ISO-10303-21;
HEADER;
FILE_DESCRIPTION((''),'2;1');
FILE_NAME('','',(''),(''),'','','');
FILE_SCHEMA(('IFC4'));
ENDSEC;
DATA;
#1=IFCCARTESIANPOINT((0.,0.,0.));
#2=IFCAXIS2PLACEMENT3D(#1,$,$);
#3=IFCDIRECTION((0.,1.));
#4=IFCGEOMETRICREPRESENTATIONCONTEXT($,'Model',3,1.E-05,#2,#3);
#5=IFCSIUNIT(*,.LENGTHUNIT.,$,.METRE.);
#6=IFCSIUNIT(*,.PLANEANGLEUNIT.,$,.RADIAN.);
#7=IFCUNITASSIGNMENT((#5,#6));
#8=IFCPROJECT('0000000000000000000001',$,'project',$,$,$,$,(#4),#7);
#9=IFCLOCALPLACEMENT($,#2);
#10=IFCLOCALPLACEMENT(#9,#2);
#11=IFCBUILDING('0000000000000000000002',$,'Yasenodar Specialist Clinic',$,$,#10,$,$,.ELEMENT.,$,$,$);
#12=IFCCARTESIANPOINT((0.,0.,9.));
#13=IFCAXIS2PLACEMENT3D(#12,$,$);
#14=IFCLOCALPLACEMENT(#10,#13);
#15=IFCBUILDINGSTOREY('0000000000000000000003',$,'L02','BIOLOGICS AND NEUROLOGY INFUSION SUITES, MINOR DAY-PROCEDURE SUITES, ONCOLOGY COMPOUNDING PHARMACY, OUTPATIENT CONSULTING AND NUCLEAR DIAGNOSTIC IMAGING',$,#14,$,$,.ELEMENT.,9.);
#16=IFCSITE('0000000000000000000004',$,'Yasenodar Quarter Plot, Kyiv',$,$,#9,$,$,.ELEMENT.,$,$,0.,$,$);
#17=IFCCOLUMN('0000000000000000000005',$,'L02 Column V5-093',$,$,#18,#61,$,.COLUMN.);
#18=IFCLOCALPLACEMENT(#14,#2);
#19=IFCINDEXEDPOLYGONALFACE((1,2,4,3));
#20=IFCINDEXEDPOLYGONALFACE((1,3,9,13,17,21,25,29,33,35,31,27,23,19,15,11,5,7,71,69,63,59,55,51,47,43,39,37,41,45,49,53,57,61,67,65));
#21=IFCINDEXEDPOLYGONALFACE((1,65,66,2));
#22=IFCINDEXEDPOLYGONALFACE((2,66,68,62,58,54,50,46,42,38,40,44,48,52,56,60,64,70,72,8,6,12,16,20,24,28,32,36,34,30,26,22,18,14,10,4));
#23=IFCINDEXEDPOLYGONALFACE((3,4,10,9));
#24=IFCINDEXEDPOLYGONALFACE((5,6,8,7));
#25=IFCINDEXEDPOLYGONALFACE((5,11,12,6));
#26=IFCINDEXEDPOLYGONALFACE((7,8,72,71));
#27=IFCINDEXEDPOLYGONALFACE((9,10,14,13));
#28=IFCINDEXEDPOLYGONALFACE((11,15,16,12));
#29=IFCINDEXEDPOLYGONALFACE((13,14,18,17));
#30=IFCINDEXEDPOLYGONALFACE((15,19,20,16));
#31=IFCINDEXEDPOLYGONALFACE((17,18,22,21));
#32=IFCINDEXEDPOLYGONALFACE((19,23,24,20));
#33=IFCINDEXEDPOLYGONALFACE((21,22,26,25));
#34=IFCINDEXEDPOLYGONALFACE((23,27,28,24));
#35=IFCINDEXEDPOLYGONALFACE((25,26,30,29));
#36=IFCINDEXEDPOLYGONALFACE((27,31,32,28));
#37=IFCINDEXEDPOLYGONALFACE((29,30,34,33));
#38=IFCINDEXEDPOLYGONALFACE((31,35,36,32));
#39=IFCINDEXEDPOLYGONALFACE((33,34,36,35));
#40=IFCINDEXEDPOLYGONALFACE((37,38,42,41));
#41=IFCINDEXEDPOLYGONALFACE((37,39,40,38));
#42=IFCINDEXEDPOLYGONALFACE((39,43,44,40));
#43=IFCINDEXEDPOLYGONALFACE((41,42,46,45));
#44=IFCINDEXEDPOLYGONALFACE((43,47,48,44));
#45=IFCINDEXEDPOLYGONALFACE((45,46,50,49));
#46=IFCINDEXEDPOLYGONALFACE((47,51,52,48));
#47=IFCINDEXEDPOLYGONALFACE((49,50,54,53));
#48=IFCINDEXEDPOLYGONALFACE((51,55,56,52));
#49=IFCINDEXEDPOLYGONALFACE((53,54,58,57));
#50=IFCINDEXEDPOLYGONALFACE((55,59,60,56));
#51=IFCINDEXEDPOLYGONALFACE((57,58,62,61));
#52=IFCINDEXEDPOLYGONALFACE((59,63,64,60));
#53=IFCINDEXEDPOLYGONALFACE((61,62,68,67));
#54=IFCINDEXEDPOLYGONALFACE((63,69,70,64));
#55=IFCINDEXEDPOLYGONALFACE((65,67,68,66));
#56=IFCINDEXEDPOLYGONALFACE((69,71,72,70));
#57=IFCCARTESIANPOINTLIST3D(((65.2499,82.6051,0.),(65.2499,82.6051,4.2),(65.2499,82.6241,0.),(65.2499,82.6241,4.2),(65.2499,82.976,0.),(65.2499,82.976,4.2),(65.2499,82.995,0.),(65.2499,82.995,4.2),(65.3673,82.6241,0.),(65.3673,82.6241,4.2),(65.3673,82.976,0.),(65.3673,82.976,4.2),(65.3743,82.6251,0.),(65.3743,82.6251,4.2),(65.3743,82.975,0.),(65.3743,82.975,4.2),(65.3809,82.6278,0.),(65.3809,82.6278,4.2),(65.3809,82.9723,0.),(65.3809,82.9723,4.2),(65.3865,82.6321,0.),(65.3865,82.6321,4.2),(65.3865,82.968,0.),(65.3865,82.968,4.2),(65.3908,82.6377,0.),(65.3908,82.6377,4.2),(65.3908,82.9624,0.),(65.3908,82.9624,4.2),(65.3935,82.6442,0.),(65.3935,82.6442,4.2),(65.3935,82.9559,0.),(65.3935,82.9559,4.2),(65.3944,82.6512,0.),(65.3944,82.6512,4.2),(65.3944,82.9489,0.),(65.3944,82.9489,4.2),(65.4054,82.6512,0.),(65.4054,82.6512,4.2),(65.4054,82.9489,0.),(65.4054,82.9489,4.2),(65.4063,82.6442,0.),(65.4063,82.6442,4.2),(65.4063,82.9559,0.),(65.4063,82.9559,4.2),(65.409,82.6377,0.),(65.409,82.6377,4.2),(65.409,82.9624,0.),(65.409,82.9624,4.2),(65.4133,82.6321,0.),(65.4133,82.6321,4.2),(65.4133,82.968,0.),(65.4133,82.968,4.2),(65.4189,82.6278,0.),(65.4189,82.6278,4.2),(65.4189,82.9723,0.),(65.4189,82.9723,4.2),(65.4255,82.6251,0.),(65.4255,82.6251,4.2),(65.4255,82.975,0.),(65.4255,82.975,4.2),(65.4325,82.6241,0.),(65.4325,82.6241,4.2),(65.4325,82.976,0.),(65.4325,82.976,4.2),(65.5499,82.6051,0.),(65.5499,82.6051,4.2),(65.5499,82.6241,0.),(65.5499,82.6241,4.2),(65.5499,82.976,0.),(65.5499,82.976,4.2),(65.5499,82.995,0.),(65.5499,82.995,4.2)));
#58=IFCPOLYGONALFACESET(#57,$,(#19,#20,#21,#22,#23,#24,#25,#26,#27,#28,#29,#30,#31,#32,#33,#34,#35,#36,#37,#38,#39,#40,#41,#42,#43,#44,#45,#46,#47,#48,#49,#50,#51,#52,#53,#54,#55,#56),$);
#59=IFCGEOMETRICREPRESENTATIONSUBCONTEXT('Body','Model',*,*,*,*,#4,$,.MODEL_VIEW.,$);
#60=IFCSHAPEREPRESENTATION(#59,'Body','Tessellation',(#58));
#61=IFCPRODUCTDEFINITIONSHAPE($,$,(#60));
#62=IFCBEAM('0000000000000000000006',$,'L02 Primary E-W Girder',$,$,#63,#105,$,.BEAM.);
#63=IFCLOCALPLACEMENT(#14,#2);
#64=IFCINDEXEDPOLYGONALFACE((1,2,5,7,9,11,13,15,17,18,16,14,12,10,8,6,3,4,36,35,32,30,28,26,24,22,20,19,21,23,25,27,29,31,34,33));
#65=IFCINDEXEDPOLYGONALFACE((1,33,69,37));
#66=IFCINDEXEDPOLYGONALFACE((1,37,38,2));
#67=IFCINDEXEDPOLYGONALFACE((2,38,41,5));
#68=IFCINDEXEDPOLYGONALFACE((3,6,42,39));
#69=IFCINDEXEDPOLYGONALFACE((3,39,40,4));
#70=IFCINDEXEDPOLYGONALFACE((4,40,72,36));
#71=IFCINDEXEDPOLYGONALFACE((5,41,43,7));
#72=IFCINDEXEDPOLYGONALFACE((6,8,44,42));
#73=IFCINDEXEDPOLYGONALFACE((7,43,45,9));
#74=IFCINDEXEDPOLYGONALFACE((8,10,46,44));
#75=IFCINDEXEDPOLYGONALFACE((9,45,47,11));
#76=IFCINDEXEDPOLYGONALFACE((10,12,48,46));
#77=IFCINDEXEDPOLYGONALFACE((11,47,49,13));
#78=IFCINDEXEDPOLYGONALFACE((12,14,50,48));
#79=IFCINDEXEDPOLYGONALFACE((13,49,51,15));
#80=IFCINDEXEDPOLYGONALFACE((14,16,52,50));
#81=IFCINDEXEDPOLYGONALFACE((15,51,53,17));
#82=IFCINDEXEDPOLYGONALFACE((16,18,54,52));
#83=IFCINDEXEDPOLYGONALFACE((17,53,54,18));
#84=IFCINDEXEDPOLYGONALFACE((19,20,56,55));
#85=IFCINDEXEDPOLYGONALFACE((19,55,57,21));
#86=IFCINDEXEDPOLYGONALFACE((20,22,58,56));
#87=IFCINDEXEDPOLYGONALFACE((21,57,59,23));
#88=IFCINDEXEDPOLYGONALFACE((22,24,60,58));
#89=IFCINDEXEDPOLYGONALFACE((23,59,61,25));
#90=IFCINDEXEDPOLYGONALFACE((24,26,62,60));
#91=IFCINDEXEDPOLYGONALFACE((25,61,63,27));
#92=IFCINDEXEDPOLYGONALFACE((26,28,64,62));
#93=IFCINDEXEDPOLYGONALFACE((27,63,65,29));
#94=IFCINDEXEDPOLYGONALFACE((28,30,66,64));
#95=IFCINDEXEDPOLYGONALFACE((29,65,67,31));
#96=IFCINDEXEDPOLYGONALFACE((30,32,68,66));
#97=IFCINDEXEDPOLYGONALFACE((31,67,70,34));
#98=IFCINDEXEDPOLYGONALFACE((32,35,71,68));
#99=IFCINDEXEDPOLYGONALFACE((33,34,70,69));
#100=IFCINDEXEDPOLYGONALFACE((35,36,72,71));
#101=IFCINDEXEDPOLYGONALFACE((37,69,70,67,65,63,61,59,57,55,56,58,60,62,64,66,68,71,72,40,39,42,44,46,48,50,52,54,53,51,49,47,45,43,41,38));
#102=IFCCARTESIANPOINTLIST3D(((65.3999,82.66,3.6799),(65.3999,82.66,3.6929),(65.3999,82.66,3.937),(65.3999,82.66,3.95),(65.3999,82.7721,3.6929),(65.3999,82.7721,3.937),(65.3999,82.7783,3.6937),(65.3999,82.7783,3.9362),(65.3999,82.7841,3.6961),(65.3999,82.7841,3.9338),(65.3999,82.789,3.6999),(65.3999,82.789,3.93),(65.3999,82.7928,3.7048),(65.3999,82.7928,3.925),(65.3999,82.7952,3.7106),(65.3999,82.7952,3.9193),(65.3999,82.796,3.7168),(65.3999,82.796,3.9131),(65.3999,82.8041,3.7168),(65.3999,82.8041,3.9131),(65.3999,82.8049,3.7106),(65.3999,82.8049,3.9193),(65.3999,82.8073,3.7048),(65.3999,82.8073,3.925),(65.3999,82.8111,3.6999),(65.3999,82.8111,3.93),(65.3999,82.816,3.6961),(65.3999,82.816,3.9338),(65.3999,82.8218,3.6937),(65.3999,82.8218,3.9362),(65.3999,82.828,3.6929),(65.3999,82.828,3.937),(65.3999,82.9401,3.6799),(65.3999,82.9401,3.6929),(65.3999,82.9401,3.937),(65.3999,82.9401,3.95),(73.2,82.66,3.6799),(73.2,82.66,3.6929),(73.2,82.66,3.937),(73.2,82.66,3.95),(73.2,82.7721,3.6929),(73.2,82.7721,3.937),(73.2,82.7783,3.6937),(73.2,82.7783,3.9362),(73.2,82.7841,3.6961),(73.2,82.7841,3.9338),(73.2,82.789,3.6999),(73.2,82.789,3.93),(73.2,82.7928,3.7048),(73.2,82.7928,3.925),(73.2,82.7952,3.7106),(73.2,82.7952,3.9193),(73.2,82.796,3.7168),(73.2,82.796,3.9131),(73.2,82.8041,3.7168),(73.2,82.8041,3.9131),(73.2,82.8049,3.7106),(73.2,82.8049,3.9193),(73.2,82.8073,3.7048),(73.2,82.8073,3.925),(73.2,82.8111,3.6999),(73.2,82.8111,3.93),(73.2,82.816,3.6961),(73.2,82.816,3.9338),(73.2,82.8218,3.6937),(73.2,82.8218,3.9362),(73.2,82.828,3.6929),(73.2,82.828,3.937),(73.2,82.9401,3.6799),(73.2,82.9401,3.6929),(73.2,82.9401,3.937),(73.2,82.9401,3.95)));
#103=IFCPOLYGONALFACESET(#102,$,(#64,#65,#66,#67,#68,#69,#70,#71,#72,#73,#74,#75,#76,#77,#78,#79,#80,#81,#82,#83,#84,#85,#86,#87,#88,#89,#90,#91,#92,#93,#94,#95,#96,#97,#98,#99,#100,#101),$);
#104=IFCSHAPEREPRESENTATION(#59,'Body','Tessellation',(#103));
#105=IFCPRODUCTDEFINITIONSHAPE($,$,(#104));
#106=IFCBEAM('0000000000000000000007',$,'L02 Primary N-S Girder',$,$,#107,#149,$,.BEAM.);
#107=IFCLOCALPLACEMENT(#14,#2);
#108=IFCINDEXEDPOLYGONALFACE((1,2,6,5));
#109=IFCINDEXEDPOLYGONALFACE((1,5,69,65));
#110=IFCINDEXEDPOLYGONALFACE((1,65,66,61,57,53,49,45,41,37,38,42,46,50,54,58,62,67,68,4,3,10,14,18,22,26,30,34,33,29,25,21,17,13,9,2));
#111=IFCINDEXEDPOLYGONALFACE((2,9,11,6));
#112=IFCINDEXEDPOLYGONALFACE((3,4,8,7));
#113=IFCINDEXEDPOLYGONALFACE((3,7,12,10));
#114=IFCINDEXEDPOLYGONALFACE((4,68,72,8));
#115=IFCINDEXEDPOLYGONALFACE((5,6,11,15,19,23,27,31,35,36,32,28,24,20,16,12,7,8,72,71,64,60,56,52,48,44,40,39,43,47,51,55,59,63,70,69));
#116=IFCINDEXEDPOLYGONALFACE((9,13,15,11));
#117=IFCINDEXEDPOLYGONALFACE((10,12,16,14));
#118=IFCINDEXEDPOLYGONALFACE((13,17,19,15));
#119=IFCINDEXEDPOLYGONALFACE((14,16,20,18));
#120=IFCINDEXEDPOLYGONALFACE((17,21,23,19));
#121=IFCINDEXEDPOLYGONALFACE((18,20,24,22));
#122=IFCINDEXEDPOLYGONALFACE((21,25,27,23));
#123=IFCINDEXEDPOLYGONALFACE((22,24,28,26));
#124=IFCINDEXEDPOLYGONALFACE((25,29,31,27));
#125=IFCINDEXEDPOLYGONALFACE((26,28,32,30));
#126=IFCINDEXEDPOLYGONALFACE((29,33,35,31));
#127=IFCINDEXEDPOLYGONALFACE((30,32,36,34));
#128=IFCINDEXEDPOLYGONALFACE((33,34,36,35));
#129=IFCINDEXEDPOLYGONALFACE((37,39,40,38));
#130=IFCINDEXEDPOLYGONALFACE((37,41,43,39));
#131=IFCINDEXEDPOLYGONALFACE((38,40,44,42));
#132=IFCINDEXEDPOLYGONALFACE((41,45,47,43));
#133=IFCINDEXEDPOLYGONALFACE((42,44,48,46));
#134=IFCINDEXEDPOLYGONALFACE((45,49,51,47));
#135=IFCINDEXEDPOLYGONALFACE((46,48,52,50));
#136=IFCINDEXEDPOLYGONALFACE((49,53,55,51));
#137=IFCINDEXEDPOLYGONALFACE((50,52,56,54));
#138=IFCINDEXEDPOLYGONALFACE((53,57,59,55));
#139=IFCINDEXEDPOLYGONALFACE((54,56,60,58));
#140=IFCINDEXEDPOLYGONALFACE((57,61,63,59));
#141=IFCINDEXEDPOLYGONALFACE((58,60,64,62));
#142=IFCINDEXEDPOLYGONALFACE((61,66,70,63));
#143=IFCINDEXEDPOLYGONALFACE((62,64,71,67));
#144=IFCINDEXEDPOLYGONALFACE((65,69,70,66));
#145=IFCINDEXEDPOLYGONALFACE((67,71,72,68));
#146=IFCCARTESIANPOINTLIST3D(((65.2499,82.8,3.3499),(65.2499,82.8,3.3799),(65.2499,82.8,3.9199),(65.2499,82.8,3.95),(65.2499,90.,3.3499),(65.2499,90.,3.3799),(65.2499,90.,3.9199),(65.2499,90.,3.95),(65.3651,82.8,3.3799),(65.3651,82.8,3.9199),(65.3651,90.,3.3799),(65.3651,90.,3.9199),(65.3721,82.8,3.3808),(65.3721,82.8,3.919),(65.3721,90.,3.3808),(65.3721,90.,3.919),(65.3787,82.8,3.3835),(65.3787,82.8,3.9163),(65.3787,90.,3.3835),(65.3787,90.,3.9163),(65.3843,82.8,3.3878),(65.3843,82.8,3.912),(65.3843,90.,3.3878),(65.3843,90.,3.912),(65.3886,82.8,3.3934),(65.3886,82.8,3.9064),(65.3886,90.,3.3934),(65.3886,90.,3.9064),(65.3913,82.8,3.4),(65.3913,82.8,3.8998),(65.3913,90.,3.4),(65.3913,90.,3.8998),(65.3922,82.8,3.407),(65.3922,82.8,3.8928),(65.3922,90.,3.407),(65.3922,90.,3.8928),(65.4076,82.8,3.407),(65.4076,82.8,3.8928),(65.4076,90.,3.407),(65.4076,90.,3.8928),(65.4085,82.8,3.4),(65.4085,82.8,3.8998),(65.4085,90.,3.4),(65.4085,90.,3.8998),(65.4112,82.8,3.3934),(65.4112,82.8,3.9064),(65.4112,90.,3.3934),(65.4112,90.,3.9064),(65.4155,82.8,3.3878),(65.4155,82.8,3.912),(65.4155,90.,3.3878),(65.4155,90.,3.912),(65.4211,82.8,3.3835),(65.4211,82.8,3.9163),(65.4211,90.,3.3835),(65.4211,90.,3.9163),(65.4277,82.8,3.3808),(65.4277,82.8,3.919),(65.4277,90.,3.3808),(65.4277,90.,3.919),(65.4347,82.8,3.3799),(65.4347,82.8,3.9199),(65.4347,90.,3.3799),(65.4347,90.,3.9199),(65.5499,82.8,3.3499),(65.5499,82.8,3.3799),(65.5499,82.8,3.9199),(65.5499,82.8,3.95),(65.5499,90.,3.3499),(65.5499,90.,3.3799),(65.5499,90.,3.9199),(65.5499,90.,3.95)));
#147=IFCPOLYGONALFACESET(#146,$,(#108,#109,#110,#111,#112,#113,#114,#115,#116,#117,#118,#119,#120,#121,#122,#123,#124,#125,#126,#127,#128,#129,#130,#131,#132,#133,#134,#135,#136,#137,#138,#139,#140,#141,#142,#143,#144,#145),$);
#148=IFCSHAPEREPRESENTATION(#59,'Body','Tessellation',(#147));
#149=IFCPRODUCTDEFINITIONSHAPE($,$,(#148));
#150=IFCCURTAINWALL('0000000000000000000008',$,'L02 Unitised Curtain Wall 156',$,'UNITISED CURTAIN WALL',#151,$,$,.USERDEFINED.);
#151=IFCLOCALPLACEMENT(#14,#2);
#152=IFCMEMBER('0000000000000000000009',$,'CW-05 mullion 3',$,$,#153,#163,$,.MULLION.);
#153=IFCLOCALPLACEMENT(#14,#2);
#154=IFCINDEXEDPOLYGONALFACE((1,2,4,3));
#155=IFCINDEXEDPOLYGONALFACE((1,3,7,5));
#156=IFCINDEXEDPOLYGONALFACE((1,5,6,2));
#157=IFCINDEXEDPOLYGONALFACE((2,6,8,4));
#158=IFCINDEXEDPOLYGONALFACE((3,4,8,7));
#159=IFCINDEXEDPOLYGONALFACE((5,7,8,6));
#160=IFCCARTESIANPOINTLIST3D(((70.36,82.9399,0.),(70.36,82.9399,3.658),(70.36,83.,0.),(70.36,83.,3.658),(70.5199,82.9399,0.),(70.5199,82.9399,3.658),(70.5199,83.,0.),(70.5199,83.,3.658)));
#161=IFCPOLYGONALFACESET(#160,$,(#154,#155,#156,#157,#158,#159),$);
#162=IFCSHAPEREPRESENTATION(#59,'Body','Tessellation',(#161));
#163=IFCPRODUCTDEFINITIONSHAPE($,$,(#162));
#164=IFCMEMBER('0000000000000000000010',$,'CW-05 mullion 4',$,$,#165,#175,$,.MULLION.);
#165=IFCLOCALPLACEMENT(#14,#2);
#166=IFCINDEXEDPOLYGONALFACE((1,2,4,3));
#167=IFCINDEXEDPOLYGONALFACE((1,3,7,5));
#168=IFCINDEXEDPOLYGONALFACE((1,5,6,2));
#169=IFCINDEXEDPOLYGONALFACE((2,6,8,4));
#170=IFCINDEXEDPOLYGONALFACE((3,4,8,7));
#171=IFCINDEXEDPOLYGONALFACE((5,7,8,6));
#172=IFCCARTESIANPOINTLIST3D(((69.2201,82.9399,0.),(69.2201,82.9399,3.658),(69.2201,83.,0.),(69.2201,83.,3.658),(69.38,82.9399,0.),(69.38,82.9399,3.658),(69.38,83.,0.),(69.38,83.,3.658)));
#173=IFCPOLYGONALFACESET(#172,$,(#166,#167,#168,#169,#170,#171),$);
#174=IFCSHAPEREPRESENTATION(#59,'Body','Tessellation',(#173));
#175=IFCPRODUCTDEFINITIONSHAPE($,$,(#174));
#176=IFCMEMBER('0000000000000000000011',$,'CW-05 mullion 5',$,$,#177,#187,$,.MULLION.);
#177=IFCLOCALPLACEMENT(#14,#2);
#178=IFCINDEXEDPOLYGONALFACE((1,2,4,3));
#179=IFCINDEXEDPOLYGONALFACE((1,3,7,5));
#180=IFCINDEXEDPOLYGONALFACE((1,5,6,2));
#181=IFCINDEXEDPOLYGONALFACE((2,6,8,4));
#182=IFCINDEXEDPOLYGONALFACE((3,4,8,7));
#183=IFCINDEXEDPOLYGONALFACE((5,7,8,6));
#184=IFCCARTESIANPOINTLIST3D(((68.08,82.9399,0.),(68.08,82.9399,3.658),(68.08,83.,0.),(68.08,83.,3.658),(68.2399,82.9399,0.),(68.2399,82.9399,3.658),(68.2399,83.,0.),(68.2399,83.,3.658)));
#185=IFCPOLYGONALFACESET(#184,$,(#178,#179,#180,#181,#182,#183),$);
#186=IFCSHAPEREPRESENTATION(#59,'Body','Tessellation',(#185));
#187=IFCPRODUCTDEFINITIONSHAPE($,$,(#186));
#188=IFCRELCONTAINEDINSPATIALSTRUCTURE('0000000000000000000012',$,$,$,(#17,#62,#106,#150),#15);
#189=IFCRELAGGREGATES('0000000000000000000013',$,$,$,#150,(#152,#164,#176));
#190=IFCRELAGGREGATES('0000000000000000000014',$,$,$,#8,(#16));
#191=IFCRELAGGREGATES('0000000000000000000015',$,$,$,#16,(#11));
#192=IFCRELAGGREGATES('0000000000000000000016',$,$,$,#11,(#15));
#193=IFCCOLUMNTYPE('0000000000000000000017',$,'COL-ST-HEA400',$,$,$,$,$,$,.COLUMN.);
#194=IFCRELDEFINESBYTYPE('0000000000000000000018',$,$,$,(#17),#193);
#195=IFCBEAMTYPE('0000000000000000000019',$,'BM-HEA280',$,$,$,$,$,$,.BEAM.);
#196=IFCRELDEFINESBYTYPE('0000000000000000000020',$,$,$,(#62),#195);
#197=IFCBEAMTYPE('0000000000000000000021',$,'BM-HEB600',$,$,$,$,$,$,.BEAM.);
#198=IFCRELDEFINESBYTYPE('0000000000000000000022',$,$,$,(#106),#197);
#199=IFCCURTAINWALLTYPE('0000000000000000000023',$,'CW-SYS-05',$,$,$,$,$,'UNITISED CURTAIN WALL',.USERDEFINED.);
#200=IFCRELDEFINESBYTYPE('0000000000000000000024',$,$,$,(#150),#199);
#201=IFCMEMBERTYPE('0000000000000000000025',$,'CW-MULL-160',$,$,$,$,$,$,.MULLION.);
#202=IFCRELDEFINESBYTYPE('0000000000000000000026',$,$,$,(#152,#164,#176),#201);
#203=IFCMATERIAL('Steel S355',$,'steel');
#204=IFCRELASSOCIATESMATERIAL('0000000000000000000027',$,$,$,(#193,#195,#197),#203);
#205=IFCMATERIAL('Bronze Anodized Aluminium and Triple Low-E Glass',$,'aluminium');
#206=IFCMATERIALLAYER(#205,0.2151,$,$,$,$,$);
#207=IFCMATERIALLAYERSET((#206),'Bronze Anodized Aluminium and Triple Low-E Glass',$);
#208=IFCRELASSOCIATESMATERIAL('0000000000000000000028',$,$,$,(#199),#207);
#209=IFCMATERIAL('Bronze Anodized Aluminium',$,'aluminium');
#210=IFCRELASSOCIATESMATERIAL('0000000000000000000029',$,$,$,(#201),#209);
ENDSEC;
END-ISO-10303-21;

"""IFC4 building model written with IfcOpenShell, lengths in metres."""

from ifc_helpers import new_model, si_unit, direction, frame, origin, origin_2d, place, context, subcontext, project, spatial, rectangle, i_section, extrude, material, layer, layer_set, material_profile, profile_set, type_object, element, aggregate, save


model = new_model("IFC4")

# Units and contexts
model_context = context("Model", 3, precision=1e-05, world=origin(), true_north=direction((0.0, 1.0)))
body_context = subcontext(model_context, "Body", "Model", "MODEL_VIEW")
ifc_project = project(units=[si_unit("LENGTHUNIT", "METRE"), si_unit("PLANEANGLEUNIT", "RADIAN")], contexts=[model_context])

# Site, building, storey
site_placement = place(None, origin())
site = spatial("IfcSite", under=ifc_project, at=site_placement, Name="Yasenodar Quarter Plot, Kyiv", CompositionType="ELEMENT", RefElevation=0.0)
building_placement = place(site_placement, origin())
building = spatial("IfcBuilding", under=site, at=building_placement, Name="Yasenodar Specialist Clinic", CompositionType="ELEMENT")
storey_placement = place(building_placement, frame((0.0, 0.0, 9.0)))
storey = spatial("IfcBuildingStorey", under=building, at=storey_placement, Name="L02", Description="BIOLOGICS AND NEUROLOGY INFUSION SUITES, MINOR DAY-PROCEDURE SUITES, ONCOLOGY COMPOUNDING PHARMACY, OUTPATIENT CONSULTING AND NUCLEAR DIAGNOSTIC IMAGING", CompositionType="ELEMENT", Elevation=9.0)

# Column
ifc_material_1 = material(Name="Steel S355", Category="steel")
ifc_material_profile_1 = material_profile(ifc_material_1, i_section(OverallWidth=0.3, OverallDepth=0.3899, WebThickness=0.011, FlangeThickness=0.019, FilletRadius=0.0271, at=origin_2d()), Name="HEA 400")
ifc_profile_set_1 = profile_set([ifc_material_profile_1], Name="Steel S355")
column_type = type_object("IfcColumnType", Name="COL-ST-HEA400", PredefinedType="COLUMN", material=ifc_profile_set_1)
column_placement = place(storey_placement, frame((65.3999, 82.8, 0.0), z_axis=(0.0, 0.0, 1.0), x_axis=(1.0, 0.0, 0.0)))
element("IfcColumn", 1, at=column_placement, inside=storey, type_object=column_type, Name="L02 Column V5-093", PredefinedType="COLUMN", context=body_context, shape_type="SweptSolid", body=[
    extrude(i_section(OverallWidth=0.3, OverallDepth=0.3899, WebThickness=0.011, FlangeThickness=0.019, FilletRadius=0.0271, at=origin_2d()), origin(), (0.0, 0.0, 1.0), 4.2),
])

# Beams
ifc_material_profile_2 = material_profile(ifc_material_1, i_section(OverallWidth=0.28, OverallDepth=0.27, WebThickness=0.0081, FlangeThickness=0.0129, FilletRadius=0.0239, at=origin_2d()), Name="HEA 280")
ifc_profile_set_2 = profile_set([ifc_material_profile_2], Name="Steel S355")
beam_type_1 = type_object("IfcBeamType", Name="BM-HEA280", PredefinedType="BEAM", material=ifc_profile_set_2)
beam_1_placement = place(storey_placement, frame((65.3999, 82.8, 3.8149), z_axis=(1.0, 0.0, 0.0), x_axis=(0.0, 1.0, 0.0)))
element("IfcBeam", 2, at=beam_1_placement, inside=storey, type_object=beam_type_1, Name="L02 Primary E-W Girder", PredefinedType="BEAM", context=body_context, shape_type="SweptSolid", body=[
    extrude(i_section(OverallWidth=0.28, OverallDepth=0.27, WebThickness=0.0081, FlangeThickness=0.0129, FilletRadius=0.0239, at=origin_2d()), origin(), (0.0, 0.0, 1.0), 7.8),
])
ifc_material_profile_3 = material_profile(ifc_material_1, i_section(OverallWidth=0.3, OverallDepth=0.6001, WebThickness=0.0154, FlangeThickness=0.03, FilletRadius=0.0271, at=origin_2d()), Name="HEB 600")
ifc_profile_set_3 = profile_set([ifc_material_profile_3], Name="Steel S355")
beam_type_2 = type_object("IfcBeamType", Name="BM-HEB600", PredefinedType="BEAM", material=ifc_profile_set_3)
beam_2_placement = place(storey_placement, frame((65.3999, 82.8, 3.6499), z_axis=(0.0, 1.0, 0.0), x_axis=(-1.0, 0.0, 0.0)))
element("IfcBeam", 3, at=beam_2_placement, inside=storey, type_object=beam_type_2, Name="L02 Primary N-S Girder", PredefinedType="BEAM", context=body_context, shape_type="SweptSolid", body=[
    extrude(i_section(OverallWidth=0.3, OverallDepth=0.6001, WebThickness=0.0154, FlangeThickness=0.03, FilletRadius=0.0271, at=origin_2d()), origin(), (0.0, 0.0, 1.0), 7.2),
])

# Curtain wall, members
ifc_material_2 = material(Name="Bronze Anodized Aluminium and Triple Low-E Glass", Category="aluminium")
ifc_layer_1 = layer(ifc_material_2, 0.2151)
ifc_layer_set_1 = layer_set([ifc_layer_1], Name="Bronze Anodized Aluminium and Triple Low-E Glass")
curtain_wall_type = type_object("IfcCurtainWallType", Name="CW-SYS-05", ElementType="UNITISED CURTAIN WALL", PredefinedType="USERDEFINED", material=ifc_layer_set_1)
curtain_wall_placement = place(storey_placement, origin())
curtain_wall = element("IfcCurtainWall", 4, at=curtain_wall_placement, inside=storey, type_object=curtain_wall_type, Name="L02 Unitised Curtain Wall 156", ObjectType="UNITISED CURTAIN WALL", PredefinedType="USERDEFINED")
ifc_material_3 = material(Name="Bronze Anodized Aluminium", Category="aluminium")
ifc_material_profile_4 = material_profile(ifc_material_3, rectangle(XDim=0.0601, YDim=0.1599, at=origin_2d()), Name="CW-MULL 60x160")
ifc_profile_set_4 = profile_set([ifc_material_profile_4], Name="Bronze Anodized Aluminium")
member_type_1 = type_object("IfcMemberType", Name="CW-MULL-160", PredefinedType="MULLION", material=ifc_profile_set_4)
member_1_placement = place(storey_placement, frame((70.4399, 82.97, 0.0), z_axis=(0.0, 0.0, 1.0), x_axis=(0.0, -1.0, 0.0)))
member_1 = element("IfcMember", 5, at=member_1_placement, type_object=member_type_1, Name="CW-05 mullion 3", PredefinedType="MULLION", context=body_context, shape_type="SweptSolid", body=[
    extrude(rectangle(XDim=0.0601, YDim=0.1599, at=origin_2d()), origin(), (0.0, 0.0, 1.0), 3.658),
])
member_2_placement = place(storey_placement, frame((69.3, 82.97, 0.0), z_axis=(0.0, 0.0, 1.0), x_axis=(0.0, -1.0, 0.0)))
member_2 = element("IfcMember", 6, at=member_2_placement, type_object=member_type_1, Name="CW-05 mullion 4", PredefinedType="MULLION", context=body_context, shape_type="SweptSolid", body=[
    extrude(rectangle(XDim=0.0601, YDim=0.1599, at=origin_2d()), origin(), (0.0, 0.0, 1.0), 3.658),
])
member_3_placement = place(storey_placement, frame((68.1599, 82.97, 0.0), z_axis=(0.0, 0.0, 1.0), x_axis=(0.0, -1.0, 0.0)))
member_3 = element("IfcMember", 7, at=member_3_placement, type_object=member_type_1, Name="CW-05 mullion 5", PredefinedType="MULLION", context=body_context, shape_type="SweptSolid", body=[
    extrude(rectangle(XDim=0.0601, YDim=0.1599, at=origin_2d()), origin(), (0.0, 0.0, 1.0), 3.658),
])
aggregate(curtain_wall, [member_1, member_2, member_3])

save(model, "model.ifc")
